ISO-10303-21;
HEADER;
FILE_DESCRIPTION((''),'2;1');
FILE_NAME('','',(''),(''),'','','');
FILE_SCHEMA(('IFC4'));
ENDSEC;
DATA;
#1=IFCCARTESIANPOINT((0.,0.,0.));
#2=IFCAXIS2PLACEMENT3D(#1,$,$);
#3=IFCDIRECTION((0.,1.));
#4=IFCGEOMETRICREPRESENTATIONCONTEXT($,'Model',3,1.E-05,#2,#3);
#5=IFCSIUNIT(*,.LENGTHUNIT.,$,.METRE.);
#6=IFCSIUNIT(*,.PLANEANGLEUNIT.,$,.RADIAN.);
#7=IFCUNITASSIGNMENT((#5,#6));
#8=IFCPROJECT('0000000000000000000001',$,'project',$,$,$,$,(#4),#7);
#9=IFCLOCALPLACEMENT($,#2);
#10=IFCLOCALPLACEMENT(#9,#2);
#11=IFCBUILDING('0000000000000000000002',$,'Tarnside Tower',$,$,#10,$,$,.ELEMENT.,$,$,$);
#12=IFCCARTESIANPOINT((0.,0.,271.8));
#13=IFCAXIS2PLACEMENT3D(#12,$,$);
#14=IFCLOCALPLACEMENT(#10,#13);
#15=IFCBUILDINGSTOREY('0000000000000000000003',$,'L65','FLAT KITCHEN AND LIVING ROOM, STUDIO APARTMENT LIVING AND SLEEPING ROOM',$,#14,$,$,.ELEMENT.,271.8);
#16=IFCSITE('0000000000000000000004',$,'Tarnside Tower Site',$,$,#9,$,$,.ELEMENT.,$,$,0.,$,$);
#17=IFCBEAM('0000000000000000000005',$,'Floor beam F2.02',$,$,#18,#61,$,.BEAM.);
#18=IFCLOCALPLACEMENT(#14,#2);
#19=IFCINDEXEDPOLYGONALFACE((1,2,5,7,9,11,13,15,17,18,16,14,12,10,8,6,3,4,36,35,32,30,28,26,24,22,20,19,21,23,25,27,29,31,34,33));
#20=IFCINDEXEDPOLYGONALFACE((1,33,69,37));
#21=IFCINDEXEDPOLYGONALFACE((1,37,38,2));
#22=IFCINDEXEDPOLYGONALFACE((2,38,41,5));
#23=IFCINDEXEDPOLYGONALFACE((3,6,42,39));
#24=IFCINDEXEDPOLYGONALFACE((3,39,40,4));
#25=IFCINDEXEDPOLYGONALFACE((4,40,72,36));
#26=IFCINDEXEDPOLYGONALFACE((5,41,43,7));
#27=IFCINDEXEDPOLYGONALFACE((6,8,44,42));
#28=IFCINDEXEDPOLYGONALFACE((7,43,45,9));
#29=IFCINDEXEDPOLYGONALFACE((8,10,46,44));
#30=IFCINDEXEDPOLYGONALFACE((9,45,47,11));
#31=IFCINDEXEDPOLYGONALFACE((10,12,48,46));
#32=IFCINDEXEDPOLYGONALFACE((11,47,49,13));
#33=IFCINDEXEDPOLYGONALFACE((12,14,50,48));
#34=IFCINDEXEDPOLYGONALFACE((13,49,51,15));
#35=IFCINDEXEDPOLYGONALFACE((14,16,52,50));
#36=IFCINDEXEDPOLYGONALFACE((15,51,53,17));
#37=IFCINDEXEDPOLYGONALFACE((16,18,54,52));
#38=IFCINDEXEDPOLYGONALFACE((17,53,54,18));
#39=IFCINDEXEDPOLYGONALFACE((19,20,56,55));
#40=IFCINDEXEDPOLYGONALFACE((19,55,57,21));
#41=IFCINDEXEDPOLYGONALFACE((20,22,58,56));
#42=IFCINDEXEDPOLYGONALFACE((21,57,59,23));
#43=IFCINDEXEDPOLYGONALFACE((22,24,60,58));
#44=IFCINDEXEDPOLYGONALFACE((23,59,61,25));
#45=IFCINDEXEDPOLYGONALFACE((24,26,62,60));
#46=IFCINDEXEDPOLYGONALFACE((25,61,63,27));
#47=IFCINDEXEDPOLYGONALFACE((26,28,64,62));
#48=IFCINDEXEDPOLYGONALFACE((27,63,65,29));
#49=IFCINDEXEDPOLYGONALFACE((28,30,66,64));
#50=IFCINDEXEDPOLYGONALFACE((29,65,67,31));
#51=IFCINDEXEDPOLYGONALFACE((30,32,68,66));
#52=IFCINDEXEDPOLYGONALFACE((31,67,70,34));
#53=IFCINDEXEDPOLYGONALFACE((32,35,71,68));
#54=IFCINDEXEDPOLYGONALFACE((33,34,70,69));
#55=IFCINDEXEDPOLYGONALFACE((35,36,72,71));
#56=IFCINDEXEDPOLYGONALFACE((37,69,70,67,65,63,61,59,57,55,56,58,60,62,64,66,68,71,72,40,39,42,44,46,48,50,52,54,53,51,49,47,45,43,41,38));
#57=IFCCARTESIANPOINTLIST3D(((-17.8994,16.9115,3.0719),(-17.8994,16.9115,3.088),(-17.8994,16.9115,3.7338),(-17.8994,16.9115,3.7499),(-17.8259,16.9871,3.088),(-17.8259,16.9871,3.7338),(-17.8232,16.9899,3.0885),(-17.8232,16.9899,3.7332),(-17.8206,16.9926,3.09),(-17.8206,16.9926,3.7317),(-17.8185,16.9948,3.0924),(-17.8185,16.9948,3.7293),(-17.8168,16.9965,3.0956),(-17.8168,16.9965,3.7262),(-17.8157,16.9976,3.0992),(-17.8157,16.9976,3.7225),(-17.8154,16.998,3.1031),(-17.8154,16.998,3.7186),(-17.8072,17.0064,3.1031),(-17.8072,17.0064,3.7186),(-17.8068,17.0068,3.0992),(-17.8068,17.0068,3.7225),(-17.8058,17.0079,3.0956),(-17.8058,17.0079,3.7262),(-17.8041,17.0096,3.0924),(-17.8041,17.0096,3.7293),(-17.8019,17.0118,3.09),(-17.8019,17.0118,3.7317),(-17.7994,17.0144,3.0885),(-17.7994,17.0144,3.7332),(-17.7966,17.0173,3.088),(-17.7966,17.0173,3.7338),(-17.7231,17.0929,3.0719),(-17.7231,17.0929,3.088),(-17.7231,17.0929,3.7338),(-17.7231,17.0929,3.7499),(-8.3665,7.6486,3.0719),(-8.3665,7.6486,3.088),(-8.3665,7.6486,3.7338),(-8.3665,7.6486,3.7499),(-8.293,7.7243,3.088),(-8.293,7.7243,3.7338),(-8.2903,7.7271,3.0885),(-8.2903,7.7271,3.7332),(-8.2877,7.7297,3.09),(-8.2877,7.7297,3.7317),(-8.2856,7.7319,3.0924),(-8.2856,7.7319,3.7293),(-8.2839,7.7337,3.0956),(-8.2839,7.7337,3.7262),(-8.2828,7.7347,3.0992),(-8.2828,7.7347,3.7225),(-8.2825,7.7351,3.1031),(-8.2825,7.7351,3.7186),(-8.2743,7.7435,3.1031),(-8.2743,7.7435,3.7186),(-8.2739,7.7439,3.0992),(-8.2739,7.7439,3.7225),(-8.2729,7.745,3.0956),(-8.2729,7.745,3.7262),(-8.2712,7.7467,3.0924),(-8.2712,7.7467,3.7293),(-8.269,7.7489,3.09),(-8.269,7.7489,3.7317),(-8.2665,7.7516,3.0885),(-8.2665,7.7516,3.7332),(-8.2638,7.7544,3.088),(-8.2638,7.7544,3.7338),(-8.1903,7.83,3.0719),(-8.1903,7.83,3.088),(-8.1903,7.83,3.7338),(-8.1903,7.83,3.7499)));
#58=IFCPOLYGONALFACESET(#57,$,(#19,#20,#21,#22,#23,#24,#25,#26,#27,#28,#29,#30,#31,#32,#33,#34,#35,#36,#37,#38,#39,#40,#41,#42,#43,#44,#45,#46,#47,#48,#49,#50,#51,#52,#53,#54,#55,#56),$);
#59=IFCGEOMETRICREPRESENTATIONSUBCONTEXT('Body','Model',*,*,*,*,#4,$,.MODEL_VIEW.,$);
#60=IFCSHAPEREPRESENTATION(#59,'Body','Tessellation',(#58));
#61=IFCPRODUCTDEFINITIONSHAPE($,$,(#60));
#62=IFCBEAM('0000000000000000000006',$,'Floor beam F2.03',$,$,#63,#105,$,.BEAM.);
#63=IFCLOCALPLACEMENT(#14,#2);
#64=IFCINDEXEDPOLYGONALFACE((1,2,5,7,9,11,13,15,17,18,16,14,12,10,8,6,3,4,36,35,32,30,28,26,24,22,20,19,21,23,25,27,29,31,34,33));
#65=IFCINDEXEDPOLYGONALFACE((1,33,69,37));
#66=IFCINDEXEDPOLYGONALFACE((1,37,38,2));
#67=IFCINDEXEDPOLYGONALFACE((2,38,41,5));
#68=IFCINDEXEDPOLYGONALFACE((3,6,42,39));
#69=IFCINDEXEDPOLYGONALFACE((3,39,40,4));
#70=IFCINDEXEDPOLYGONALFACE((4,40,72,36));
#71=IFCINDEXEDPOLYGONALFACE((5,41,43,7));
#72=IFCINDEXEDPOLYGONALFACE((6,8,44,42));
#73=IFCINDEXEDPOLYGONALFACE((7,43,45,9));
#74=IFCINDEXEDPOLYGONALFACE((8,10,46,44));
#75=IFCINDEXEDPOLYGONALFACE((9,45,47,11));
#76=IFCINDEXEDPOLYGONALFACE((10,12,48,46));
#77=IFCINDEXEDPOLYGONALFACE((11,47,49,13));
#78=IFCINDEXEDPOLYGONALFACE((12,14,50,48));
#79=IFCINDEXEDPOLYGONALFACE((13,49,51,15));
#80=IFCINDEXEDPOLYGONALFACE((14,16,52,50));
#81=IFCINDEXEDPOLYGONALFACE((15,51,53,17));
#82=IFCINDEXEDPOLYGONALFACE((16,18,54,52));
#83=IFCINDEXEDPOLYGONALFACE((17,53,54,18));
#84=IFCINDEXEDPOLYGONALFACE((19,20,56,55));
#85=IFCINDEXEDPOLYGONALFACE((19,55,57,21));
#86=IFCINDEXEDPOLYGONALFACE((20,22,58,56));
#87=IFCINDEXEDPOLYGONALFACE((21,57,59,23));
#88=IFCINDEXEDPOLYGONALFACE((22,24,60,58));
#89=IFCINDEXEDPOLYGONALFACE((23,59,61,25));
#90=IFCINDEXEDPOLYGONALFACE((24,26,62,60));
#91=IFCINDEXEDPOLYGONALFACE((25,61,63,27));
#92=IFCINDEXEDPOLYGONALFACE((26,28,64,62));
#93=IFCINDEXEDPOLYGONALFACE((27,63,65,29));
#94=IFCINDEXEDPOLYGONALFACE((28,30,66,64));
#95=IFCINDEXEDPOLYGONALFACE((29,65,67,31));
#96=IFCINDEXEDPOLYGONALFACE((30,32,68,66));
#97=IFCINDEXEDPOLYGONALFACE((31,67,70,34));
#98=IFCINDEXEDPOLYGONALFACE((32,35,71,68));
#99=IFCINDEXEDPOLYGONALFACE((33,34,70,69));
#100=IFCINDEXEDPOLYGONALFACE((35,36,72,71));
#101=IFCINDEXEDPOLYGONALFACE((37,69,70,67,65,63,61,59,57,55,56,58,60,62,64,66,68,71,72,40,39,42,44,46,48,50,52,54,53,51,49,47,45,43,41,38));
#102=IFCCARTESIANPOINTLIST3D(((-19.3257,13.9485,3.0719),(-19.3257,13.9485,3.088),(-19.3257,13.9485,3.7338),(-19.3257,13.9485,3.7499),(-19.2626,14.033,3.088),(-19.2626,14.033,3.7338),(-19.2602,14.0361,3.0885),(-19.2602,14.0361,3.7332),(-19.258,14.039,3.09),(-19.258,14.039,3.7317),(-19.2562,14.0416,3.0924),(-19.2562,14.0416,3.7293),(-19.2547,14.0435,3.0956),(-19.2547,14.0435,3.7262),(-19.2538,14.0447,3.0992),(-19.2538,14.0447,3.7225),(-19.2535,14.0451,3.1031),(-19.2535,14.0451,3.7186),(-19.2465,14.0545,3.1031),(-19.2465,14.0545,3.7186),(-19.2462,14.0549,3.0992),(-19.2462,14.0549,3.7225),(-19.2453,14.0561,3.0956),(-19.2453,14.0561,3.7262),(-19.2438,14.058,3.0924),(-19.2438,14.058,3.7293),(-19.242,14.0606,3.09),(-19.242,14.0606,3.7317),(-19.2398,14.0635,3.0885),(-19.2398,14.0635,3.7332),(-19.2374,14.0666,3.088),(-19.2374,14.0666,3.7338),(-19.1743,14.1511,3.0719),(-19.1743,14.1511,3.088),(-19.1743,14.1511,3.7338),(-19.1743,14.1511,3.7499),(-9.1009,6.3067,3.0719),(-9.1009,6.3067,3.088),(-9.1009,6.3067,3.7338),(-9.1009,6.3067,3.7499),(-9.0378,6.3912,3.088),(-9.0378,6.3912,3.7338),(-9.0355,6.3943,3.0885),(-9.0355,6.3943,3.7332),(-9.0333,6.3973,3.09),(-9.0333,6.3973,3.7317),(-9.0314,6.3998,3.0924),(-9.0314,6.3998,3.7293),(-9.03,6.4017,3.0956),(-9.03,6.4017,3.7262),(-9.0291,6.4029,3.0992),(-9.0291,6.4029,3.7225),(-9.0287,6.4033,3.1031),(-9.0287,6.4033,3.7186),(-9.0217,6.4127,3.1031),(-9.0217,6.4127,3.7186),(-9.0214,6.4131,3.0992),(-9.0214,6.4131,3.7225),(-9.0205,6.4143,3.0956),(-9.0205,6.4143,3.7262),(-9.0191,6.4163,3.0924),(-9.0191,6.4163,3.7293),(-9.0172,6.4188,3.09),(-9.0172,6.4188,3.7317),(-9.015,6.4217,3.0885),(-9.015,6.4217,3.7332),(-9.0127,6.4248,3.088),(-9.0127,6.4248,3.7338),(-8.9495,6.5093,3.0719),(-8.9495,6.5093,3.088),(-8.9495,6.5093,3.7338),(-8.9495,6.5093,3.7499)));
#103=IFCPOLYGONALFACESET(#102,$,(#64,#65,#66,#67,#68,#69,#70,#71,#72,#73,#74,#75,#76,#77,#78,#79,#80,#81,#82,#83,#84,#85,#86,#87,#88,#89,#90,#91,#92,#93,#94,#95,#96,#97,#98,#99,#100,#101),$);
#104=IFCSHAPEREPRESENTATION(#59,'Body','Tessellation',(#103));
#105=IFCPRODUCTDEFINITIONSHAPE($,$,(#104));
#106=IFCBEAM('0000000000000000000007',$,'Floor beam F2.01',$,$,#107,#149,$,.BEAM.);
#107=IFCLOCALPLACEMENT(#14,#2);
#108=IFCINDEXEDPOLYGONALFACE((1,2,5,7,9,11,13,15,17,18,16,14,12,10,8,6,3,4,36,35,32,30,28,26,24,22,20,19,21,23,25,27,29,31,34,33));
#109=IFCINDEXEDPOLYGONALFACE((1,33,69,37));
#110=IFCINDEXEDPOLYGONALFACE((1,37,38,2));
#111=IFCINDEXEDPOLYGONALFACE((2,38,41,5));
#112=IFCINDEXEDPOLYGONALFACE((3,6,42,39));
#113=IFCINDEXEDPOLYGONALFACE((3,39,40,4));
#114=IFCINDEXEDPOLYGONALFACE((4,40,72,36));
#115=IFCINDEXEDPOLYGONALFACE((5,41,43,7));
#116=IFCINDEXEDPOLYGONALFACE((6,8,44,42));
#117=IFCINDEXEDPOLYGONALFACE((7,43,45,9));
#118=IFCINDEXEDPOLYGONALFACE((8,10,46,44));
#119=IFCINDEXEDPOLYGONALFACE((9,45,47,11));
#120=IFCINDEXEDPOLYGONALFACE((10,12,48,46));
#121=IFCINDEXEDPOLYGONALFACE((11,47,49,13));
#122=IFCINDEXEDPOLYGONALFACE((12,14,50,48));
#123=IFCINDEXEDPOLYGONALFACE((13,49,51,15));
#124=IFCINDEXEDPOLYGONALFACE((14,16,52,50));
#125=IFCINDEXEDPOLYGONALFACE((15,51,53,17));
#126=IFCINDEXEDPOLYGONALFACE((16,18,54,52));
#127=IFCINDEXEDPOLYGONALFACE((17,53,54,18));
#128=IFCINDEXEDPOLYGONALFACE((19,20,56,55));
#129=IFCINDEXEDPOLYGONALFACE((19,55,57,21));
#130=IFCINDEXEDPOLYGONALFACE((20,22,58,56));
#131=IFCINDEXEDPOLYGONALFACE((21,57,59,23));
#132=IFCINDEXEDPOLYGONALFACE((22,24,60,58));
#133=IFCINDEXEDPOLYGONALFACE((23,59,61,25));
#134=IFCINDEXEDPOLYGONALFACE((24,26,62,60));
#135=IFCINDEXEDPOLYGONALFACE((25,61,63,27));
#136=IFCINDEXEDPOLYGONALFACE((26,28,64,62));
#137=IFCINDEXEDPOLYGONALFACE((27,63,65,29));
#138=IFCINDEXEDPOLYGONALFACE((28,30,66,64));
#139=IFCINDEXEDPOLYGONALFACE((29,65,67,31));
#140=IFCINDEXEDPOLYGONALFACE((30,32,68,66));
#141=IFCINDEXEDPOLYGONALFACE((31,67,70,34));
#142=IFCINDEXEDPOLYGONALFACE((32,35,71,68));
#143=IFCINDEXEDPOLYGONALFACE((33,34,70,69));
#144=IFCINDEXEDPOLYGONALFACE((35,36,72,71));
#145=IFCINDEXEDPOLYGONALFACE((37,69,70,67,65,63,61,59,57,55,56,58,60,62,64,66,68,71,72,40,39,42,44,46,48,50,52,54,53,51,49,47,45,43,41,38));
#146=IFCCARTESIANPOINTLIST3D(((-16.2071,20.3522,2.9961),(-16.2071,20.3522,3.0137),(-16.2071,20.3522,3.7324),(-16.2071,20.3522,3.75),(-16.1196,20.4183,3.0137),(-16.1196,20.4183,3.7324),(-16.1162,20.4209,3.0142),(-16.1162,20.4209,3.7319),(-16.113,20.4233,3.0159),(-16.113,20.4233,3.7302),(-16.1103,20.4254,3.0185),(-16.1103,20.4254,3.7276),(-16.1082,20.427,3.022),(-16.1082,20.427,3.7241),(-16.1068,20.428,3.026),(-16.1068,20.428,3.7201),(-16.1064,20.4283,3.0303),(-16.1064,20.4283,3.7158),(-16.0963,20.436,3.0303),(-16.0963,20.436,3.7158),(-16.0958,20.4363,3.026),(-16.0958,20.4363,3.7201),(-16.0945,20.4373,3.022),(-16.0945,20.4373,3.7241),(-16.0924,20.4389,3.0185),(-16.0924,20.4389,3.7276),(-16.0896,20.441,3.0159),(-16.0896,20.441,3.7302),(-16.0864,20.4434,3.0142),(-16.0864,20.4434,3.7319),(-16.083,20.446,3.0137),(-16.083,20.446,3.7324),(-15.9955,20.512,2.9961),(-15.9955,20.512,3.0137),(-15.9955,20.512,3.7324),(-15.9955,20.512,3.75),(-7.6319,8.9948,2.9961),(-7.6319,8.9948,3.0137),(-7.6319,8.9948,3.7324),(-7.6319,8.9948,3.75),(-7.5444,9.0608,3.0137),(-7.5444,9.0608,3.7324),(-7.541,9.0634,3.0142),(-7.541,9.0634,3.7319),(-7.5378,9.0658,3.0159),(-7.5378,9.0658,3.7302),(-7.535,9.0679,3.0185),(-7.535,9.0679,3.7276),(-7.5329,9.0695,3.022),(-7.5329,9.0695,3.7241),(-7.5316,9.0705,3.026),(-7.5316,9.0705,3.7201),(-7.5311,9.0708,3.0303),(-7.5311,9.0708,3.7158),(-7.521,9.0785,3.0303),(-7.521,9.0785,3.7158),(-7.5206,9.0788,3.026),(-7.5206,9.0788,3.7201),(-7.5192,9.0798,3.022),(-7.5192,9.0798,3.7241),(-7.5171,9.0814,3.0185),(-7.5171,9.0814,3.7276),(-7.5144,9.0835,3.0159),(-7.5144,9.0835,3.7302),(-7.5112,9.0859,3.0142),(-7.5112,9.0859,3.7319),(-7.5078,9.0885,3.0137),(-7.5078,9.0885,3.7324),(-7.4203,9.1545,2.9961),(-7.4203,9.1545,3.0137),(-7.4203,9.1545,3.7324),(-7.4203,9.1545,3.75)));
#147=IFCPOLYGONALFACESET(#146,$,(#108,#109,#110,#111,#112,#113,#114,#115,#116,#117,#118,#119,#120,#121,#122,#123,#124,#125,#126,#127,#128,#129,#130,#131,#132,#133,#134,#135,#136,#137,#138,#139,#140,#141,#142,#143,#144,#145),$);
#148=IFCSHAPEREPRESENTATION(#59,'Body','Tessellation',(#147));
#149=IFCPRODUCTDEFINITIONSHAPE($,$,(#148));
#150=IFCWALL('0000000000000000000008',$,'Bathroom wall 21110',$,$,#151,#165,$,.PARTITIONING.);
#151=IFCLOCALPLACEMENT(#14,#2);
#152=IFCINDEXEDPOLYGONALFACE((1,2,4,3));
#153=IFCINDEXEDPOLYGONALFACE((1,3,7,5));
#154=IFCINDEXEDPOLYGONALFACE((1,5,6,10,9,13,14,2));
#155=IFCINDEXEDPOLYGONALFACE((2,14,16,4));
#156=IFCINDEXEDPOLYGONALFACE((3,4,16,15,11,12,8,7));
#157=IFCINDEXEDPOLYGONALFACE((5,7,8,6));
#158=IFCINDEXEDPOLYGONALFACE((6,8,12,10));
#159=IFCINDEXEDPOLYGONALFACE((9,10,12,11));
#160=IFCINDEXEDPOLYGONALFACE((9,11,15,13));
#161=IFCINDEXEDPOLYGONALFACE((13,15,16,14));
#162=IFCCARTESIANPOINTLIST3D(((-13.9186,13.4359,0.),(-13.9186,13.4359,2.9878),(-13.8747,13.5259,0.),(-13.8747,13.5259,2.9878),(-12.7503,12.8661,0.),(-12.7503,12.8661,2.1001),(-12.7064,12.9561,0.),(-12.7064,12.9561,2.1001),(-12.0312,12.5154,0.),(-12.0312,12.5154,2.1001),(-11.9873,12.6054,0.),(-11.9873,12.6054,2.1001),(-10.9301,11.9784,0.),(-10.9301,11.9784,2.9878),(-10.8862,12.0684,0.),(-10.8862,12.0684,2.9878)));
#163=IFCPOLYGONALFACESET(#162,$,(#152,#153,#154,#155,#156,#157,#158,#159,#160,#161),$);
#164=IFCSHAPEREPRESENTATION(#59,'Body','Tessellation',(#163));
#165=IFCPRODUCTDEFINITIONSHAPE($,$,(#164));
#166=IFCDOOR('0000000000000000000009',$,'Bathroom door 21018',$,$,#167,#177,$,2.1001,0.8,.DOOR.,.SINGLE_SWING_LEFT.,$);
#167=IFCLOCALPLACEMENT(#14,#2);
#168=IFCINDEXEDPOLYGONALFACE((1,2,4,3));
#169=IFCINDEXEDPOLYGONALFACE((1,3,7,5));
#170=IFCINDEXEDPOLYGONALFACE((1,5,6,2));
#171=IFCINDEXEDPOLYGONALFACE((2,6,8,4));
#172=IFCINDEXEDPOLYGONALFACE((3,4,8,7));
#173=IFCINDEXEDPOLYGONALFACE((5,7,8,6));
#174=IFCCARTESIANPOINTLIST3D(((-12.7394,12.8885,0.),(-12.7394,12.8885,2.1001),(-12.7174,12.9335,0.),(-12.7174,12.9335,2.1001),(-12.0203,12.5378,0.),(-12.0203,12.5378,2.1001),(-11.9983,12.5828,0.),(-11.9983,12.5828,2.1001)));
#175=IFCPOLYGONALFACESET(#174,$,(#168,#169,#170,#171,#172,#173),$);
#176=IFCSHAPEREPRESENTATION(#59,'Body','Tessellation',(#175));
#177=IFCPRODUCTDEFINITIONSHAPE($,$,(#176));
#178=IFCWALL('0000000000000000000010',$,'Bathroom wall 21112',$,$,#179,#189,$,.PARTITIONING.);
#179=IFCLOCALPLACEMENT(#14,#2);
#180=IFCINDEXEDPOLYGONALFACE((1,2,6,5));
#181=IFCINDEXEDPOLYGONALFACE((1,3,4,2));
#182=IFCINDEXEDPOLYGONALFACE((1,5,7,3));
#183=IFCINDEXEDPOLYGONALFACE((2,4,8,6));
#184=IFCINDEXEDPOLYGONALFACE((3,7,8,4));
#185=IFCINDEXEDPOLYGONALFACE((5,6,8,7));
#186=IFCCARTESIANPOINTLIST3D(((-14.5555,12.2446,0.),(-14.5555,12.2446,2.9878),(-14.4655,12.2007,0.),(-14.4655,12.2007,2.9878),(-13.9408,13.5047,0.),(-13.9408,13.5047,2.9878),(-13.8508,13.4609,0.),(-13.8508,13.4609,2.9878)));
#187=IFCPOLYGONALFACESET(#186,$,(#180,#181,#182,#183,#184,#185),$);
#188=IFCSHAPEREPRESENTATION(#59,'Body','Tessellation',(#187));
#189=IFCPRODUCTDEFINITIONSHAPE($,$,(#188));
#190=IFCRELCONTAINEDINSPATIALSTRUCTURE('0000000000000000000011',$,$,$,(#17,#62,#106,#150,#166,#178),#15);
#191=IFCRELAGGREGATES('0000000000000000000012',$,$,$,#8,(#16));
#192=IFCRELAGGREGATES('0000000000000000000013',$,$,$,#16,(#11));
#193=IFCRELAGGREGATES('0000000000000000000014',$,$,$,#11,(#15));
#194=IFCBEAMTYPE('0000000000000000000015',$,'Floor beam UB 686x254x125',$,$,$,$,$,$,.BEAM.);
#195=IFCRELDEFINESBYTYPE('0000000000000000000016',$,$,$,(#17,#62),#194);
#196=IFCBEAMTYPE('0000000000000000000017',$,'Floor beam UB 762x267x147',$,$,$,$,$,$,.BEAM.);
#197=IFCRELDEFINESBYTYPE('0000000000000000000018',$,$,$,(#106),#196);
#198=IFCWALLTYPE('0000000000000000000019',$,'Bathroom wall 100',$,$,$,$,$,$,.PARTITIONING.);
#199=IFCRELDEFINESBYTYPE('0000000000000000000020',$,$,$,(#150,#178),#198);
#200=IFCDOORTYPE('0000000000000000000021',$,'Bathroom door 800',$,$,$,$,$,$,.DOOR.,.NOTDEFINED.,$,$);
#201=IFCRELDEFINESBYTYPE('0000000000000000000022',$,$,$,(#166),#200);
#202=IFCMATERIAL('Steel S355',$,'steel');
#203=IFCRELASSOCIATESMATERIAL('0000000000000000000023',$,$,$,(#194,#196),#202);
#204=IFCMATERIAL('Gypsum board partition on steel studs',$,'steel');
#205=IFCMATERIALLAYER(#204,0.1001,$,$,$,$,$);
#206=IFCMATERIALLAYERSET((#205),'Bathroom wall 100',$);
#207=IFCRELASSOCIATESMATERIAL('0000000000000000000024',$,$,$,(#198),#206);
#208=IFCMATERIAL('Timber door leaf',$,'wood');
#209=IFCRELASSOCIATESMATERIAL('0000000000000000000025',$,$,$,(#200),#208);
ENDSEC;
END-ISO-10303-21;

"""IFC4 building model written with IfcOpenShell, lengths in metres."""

from ifc_helpers import new_model, si_unit, direction, frame, frame_2d, origin, origin_2d, place, context, subcontext, project, spatial, rectangle, i_section, extrude, material, layer, layer_set, material_profile, profile_set, type_object, element, fill, save


model = new_model("IFC4")

# Units and contexts
model_context = context("Model", 3, precision=1e-05, world=origin(), true_north=direction((0.0, 1.0)))
body_context = subcontext(model_context, "Body", "Model", "MODEL_VIEW")
ifc_project = project(units=[si_unit("LENGTHUNIT", "METRE"), si_unit("PLANEANGLEUNIT", "RADIAN")], contexts=[model_context])

# Site, building, storey
site_placement = place(None, origin())
site = spatial("IfcSite", under=ifc_project, at=site_placement, Name="Tarnside Tower Site", CompositionType="ELEMENT", RefElevation=0.0)
building_placement = place(site_placement, origin())
building = spatial("IfcBuilding", under=site, at=building_placement, Name="Tarnside Tower", CompositionType="ELEMENT")
storey_placement = place(building_placement, frame((0.0, 0.0, 271.8)))
storey = spatial("IfcBuildingStorey", under=building, at=storey_placement, Name="L65", Description="FLAT KITCHEN AND LIVING ROOM, STUDIO APARTMENT LIVING AND SLEEPING ROOM", CompositionType="ELEMENT", Elevation=271.8)

# Beams
ifc_material_1 = material(Name="Steel S355", Category="steel")
ifc_material_profile_1 = material_profile(ifc_material_1, i_section(OverallWidth=0.2529, OverallDepth=0.678, WebThickness=0.0117, FlangeThickness=0.0161, FilletRadius=0.0151, at=origin_2d()), Name="UB 686x254x125")
ifc_profile_set_1 = profile_set([ifc_material_profile_1], Name="Steel S355")
beam_type_1 = type_object("IfcBeamType", Name="Floor beam UB 686x254x125", PredefinedType="BEAM", material=ifc_profile_set_1)
beam_1_placement = place(storey_placement, frame((-17.8113, 17.0022, 3.4109), z_axis=(0.717191, -0.696877, 0.0), x_axis=(0.696877, 0.717191, 0.0)))
element("IfcBeam", 1, at=beam_1_placement, inside=storey, type_object=beam_type_1, Name="Floor beam F2.02", PredefinedType="BEAM", context=body_context, shape_type="SweptSolid", body=[
    extrude(i_section(OverallWidth=0.2529, OverallDepth=0.678, WebThickness=0.0117, FlangeThickness=0.0161, FilletRadius=0.0151, at=origin_2d()), origin(), (0.0, 0.0, 1.0), 13.292),
])
beam_2_placement = place(storey_placement, frame((-19.25, 14.0498, 3.4109), z_axis=(0.801006, -0.598656, 0.0), x_axis=(0.598656, 0.801006, 0.0)))
element("IfcBeam", 2, at=beam_2_placement, inside=storey, type_object=beam_type_1, Name="Floor beam F2.03", PredefinedType="BEAM", context=body_context, shape_type="SweptSolid", body=[
    extrude(i_section(OverallWidth=0.2529, OverallDepth=0.678, WebThickness=0.0117, FlangeThickness=0.0161, FilletRadius=0.0151, at=origin_2d()), origin(), (0.0, 0.0, 1.0), 12.7649),
])
ifc_material_profile_2 = material_profile(ifc_material_1, i_section(OverallWidth=0.2651, OverallDepth=0.7539, WebThickness=0.0127, FlangeThickness=0.0176, FilletRadius=0.0166, at=origin_2d()), Name="UB 762x267x147")
ifc_profile_set_2 = profile_set([ifc_material_profile_2], Name="Steel S355")
beam_type_2 = type_object("IfcBeamType", Name="Floor beam UB 762x267x147", PredefinedType="BEAM", material=ifc_profile_set_2)
beam_3_placement = place(storey_placement, frame((-16.1013, 20.4321, 3.373), z_axis=(0.602566, -0.798069, 0.0), x_axis=(0.798069, 0.602566, 0.0)))
element("IfcBeam", 3, at=beam_3_placement, inside=storey, type_object=beam_type_2, Name="Floor beam F2.01", PredefinedType="BEAM", context=body_context, shape_type="SweptSolid", body=[
    extrude(i_section(OverallWidth=0.2651, OverallDepth=0.7539, WebThickness=0.0127, FlangeThickness=0.0176, FilletRadius=0.0166, at=origin_2d()), origin(), (0.0, 0.0, 1.0), 14.2312),
])

# Wall, opening, door
ifc_material_2 = material(Name="Gypsum board partition on steel studs", Category="steel")
ifc_layer_1 = layer(ifc_material_2, 0.1001)
ifc_layer_set_1 = layer_set([ifc_layer_1], Name="Bathroom wall 100")
wall_type_1 = type_object("IfcWallType", Name="Bathroom wall 100", PredefinedType="PARTITIONING", material=ifc_layer_set_1)
wall_1_placement = place(storey_placement, frame((-13.8967, 13.481, 0.0), z_axis=(0.0, 0.0, 1.0), x_axis=(0.898804, -0.438351, 0.0)))
wall_1 = element("IfcWall", 4, at=wall_1_placement, inside=storey, type_object=wall_type_1, Name="Bathroom wall 21110", PredefinedType="PARTITIONING", context=body_context, shape_type="SweptSolid", body=[
    extrude(rectangle(XDim=3.325, YDim=0.1001, at=frame_2d((1.6626, 0.0))), origin(), (0.0, 0.0, 1.0), 2.9878),
])
opening_1_placement = place(wall_1_placement, frame((1.3, 0.0, 0.0)))
opening_1 = element("IfcOpeningElement", 5, at=opening_1_placement, cuts=wall_1, PredefinedType="OPENING", context=body_context, shape_type="SweptSolid", body=[
    extrude(rectangle(XDim=0.8, YDim=2.1001, at=frame_2d((0.3999, 1.05))), frame((0.0, 0.0601, 0.0), z_axis=(0.0, -1.0, 0.0), x_axis=(1.0, 0.0, 0.0)), (0.0, 0.0, 1.0), 0.1201),
])
ifc_material_3 = material(Name="Timber door leaf", Category="wood")
door_type_1 = type_object("IfcDoorType", Name="Bathroom door 800", OperationType="NOTDEFINED", PredefinedType="DOOR", material=ifc_material_3)
door_1_placement = place(opening_1_placement, origin())
door_1 = element("IfcDoor", 6, at=door_1_placement, inside=storey, type_object=door_type_1, Name="Bathroom door 21018", OperationType="SINGLE_SWING_LEFT", OverallHeight=2.1001, OverallWidth=0.8, PredefinedType="DOOR", context=body_context, shape_type="SweptSolid", body=[
    extrude(rectangle(XDim=0.8, YDim=2.1001, at=frame_2d((0.3999, 1.05))), frame((0.0, 0.0249, 0.0), z_axis=(0.0, -1.0, 0.0), x_axis=(1.0, 0.0, 0.0)), (0.0, 0.0, 1.0), 0.05),
])
fill(opening_1, door_1)

# Wall
wall_2_placement = place(storey_placement, frame((-13.8958, 13.4829, 0.0), z_axis=(0.0, 0.0, 1.0), x_axis=(-0.438417, -0.898772, 0.0)))
element("IfcWall", 7, at=wall_2_placement, inside=storey, type_object=wall_type_1, Name="Bathroom wall 21112", PredefinedType="PARTITIONING", context=body_context, shape_type="SweptSolid", body=[
    extrude(rectangle(XDim=1.4021, YDim=0.1001, at=frame_2d((0.7012, 0.0))), origin(), (0.0, 0.0, 1.0), 2.9878),
])

save(model, "model.ifc")
